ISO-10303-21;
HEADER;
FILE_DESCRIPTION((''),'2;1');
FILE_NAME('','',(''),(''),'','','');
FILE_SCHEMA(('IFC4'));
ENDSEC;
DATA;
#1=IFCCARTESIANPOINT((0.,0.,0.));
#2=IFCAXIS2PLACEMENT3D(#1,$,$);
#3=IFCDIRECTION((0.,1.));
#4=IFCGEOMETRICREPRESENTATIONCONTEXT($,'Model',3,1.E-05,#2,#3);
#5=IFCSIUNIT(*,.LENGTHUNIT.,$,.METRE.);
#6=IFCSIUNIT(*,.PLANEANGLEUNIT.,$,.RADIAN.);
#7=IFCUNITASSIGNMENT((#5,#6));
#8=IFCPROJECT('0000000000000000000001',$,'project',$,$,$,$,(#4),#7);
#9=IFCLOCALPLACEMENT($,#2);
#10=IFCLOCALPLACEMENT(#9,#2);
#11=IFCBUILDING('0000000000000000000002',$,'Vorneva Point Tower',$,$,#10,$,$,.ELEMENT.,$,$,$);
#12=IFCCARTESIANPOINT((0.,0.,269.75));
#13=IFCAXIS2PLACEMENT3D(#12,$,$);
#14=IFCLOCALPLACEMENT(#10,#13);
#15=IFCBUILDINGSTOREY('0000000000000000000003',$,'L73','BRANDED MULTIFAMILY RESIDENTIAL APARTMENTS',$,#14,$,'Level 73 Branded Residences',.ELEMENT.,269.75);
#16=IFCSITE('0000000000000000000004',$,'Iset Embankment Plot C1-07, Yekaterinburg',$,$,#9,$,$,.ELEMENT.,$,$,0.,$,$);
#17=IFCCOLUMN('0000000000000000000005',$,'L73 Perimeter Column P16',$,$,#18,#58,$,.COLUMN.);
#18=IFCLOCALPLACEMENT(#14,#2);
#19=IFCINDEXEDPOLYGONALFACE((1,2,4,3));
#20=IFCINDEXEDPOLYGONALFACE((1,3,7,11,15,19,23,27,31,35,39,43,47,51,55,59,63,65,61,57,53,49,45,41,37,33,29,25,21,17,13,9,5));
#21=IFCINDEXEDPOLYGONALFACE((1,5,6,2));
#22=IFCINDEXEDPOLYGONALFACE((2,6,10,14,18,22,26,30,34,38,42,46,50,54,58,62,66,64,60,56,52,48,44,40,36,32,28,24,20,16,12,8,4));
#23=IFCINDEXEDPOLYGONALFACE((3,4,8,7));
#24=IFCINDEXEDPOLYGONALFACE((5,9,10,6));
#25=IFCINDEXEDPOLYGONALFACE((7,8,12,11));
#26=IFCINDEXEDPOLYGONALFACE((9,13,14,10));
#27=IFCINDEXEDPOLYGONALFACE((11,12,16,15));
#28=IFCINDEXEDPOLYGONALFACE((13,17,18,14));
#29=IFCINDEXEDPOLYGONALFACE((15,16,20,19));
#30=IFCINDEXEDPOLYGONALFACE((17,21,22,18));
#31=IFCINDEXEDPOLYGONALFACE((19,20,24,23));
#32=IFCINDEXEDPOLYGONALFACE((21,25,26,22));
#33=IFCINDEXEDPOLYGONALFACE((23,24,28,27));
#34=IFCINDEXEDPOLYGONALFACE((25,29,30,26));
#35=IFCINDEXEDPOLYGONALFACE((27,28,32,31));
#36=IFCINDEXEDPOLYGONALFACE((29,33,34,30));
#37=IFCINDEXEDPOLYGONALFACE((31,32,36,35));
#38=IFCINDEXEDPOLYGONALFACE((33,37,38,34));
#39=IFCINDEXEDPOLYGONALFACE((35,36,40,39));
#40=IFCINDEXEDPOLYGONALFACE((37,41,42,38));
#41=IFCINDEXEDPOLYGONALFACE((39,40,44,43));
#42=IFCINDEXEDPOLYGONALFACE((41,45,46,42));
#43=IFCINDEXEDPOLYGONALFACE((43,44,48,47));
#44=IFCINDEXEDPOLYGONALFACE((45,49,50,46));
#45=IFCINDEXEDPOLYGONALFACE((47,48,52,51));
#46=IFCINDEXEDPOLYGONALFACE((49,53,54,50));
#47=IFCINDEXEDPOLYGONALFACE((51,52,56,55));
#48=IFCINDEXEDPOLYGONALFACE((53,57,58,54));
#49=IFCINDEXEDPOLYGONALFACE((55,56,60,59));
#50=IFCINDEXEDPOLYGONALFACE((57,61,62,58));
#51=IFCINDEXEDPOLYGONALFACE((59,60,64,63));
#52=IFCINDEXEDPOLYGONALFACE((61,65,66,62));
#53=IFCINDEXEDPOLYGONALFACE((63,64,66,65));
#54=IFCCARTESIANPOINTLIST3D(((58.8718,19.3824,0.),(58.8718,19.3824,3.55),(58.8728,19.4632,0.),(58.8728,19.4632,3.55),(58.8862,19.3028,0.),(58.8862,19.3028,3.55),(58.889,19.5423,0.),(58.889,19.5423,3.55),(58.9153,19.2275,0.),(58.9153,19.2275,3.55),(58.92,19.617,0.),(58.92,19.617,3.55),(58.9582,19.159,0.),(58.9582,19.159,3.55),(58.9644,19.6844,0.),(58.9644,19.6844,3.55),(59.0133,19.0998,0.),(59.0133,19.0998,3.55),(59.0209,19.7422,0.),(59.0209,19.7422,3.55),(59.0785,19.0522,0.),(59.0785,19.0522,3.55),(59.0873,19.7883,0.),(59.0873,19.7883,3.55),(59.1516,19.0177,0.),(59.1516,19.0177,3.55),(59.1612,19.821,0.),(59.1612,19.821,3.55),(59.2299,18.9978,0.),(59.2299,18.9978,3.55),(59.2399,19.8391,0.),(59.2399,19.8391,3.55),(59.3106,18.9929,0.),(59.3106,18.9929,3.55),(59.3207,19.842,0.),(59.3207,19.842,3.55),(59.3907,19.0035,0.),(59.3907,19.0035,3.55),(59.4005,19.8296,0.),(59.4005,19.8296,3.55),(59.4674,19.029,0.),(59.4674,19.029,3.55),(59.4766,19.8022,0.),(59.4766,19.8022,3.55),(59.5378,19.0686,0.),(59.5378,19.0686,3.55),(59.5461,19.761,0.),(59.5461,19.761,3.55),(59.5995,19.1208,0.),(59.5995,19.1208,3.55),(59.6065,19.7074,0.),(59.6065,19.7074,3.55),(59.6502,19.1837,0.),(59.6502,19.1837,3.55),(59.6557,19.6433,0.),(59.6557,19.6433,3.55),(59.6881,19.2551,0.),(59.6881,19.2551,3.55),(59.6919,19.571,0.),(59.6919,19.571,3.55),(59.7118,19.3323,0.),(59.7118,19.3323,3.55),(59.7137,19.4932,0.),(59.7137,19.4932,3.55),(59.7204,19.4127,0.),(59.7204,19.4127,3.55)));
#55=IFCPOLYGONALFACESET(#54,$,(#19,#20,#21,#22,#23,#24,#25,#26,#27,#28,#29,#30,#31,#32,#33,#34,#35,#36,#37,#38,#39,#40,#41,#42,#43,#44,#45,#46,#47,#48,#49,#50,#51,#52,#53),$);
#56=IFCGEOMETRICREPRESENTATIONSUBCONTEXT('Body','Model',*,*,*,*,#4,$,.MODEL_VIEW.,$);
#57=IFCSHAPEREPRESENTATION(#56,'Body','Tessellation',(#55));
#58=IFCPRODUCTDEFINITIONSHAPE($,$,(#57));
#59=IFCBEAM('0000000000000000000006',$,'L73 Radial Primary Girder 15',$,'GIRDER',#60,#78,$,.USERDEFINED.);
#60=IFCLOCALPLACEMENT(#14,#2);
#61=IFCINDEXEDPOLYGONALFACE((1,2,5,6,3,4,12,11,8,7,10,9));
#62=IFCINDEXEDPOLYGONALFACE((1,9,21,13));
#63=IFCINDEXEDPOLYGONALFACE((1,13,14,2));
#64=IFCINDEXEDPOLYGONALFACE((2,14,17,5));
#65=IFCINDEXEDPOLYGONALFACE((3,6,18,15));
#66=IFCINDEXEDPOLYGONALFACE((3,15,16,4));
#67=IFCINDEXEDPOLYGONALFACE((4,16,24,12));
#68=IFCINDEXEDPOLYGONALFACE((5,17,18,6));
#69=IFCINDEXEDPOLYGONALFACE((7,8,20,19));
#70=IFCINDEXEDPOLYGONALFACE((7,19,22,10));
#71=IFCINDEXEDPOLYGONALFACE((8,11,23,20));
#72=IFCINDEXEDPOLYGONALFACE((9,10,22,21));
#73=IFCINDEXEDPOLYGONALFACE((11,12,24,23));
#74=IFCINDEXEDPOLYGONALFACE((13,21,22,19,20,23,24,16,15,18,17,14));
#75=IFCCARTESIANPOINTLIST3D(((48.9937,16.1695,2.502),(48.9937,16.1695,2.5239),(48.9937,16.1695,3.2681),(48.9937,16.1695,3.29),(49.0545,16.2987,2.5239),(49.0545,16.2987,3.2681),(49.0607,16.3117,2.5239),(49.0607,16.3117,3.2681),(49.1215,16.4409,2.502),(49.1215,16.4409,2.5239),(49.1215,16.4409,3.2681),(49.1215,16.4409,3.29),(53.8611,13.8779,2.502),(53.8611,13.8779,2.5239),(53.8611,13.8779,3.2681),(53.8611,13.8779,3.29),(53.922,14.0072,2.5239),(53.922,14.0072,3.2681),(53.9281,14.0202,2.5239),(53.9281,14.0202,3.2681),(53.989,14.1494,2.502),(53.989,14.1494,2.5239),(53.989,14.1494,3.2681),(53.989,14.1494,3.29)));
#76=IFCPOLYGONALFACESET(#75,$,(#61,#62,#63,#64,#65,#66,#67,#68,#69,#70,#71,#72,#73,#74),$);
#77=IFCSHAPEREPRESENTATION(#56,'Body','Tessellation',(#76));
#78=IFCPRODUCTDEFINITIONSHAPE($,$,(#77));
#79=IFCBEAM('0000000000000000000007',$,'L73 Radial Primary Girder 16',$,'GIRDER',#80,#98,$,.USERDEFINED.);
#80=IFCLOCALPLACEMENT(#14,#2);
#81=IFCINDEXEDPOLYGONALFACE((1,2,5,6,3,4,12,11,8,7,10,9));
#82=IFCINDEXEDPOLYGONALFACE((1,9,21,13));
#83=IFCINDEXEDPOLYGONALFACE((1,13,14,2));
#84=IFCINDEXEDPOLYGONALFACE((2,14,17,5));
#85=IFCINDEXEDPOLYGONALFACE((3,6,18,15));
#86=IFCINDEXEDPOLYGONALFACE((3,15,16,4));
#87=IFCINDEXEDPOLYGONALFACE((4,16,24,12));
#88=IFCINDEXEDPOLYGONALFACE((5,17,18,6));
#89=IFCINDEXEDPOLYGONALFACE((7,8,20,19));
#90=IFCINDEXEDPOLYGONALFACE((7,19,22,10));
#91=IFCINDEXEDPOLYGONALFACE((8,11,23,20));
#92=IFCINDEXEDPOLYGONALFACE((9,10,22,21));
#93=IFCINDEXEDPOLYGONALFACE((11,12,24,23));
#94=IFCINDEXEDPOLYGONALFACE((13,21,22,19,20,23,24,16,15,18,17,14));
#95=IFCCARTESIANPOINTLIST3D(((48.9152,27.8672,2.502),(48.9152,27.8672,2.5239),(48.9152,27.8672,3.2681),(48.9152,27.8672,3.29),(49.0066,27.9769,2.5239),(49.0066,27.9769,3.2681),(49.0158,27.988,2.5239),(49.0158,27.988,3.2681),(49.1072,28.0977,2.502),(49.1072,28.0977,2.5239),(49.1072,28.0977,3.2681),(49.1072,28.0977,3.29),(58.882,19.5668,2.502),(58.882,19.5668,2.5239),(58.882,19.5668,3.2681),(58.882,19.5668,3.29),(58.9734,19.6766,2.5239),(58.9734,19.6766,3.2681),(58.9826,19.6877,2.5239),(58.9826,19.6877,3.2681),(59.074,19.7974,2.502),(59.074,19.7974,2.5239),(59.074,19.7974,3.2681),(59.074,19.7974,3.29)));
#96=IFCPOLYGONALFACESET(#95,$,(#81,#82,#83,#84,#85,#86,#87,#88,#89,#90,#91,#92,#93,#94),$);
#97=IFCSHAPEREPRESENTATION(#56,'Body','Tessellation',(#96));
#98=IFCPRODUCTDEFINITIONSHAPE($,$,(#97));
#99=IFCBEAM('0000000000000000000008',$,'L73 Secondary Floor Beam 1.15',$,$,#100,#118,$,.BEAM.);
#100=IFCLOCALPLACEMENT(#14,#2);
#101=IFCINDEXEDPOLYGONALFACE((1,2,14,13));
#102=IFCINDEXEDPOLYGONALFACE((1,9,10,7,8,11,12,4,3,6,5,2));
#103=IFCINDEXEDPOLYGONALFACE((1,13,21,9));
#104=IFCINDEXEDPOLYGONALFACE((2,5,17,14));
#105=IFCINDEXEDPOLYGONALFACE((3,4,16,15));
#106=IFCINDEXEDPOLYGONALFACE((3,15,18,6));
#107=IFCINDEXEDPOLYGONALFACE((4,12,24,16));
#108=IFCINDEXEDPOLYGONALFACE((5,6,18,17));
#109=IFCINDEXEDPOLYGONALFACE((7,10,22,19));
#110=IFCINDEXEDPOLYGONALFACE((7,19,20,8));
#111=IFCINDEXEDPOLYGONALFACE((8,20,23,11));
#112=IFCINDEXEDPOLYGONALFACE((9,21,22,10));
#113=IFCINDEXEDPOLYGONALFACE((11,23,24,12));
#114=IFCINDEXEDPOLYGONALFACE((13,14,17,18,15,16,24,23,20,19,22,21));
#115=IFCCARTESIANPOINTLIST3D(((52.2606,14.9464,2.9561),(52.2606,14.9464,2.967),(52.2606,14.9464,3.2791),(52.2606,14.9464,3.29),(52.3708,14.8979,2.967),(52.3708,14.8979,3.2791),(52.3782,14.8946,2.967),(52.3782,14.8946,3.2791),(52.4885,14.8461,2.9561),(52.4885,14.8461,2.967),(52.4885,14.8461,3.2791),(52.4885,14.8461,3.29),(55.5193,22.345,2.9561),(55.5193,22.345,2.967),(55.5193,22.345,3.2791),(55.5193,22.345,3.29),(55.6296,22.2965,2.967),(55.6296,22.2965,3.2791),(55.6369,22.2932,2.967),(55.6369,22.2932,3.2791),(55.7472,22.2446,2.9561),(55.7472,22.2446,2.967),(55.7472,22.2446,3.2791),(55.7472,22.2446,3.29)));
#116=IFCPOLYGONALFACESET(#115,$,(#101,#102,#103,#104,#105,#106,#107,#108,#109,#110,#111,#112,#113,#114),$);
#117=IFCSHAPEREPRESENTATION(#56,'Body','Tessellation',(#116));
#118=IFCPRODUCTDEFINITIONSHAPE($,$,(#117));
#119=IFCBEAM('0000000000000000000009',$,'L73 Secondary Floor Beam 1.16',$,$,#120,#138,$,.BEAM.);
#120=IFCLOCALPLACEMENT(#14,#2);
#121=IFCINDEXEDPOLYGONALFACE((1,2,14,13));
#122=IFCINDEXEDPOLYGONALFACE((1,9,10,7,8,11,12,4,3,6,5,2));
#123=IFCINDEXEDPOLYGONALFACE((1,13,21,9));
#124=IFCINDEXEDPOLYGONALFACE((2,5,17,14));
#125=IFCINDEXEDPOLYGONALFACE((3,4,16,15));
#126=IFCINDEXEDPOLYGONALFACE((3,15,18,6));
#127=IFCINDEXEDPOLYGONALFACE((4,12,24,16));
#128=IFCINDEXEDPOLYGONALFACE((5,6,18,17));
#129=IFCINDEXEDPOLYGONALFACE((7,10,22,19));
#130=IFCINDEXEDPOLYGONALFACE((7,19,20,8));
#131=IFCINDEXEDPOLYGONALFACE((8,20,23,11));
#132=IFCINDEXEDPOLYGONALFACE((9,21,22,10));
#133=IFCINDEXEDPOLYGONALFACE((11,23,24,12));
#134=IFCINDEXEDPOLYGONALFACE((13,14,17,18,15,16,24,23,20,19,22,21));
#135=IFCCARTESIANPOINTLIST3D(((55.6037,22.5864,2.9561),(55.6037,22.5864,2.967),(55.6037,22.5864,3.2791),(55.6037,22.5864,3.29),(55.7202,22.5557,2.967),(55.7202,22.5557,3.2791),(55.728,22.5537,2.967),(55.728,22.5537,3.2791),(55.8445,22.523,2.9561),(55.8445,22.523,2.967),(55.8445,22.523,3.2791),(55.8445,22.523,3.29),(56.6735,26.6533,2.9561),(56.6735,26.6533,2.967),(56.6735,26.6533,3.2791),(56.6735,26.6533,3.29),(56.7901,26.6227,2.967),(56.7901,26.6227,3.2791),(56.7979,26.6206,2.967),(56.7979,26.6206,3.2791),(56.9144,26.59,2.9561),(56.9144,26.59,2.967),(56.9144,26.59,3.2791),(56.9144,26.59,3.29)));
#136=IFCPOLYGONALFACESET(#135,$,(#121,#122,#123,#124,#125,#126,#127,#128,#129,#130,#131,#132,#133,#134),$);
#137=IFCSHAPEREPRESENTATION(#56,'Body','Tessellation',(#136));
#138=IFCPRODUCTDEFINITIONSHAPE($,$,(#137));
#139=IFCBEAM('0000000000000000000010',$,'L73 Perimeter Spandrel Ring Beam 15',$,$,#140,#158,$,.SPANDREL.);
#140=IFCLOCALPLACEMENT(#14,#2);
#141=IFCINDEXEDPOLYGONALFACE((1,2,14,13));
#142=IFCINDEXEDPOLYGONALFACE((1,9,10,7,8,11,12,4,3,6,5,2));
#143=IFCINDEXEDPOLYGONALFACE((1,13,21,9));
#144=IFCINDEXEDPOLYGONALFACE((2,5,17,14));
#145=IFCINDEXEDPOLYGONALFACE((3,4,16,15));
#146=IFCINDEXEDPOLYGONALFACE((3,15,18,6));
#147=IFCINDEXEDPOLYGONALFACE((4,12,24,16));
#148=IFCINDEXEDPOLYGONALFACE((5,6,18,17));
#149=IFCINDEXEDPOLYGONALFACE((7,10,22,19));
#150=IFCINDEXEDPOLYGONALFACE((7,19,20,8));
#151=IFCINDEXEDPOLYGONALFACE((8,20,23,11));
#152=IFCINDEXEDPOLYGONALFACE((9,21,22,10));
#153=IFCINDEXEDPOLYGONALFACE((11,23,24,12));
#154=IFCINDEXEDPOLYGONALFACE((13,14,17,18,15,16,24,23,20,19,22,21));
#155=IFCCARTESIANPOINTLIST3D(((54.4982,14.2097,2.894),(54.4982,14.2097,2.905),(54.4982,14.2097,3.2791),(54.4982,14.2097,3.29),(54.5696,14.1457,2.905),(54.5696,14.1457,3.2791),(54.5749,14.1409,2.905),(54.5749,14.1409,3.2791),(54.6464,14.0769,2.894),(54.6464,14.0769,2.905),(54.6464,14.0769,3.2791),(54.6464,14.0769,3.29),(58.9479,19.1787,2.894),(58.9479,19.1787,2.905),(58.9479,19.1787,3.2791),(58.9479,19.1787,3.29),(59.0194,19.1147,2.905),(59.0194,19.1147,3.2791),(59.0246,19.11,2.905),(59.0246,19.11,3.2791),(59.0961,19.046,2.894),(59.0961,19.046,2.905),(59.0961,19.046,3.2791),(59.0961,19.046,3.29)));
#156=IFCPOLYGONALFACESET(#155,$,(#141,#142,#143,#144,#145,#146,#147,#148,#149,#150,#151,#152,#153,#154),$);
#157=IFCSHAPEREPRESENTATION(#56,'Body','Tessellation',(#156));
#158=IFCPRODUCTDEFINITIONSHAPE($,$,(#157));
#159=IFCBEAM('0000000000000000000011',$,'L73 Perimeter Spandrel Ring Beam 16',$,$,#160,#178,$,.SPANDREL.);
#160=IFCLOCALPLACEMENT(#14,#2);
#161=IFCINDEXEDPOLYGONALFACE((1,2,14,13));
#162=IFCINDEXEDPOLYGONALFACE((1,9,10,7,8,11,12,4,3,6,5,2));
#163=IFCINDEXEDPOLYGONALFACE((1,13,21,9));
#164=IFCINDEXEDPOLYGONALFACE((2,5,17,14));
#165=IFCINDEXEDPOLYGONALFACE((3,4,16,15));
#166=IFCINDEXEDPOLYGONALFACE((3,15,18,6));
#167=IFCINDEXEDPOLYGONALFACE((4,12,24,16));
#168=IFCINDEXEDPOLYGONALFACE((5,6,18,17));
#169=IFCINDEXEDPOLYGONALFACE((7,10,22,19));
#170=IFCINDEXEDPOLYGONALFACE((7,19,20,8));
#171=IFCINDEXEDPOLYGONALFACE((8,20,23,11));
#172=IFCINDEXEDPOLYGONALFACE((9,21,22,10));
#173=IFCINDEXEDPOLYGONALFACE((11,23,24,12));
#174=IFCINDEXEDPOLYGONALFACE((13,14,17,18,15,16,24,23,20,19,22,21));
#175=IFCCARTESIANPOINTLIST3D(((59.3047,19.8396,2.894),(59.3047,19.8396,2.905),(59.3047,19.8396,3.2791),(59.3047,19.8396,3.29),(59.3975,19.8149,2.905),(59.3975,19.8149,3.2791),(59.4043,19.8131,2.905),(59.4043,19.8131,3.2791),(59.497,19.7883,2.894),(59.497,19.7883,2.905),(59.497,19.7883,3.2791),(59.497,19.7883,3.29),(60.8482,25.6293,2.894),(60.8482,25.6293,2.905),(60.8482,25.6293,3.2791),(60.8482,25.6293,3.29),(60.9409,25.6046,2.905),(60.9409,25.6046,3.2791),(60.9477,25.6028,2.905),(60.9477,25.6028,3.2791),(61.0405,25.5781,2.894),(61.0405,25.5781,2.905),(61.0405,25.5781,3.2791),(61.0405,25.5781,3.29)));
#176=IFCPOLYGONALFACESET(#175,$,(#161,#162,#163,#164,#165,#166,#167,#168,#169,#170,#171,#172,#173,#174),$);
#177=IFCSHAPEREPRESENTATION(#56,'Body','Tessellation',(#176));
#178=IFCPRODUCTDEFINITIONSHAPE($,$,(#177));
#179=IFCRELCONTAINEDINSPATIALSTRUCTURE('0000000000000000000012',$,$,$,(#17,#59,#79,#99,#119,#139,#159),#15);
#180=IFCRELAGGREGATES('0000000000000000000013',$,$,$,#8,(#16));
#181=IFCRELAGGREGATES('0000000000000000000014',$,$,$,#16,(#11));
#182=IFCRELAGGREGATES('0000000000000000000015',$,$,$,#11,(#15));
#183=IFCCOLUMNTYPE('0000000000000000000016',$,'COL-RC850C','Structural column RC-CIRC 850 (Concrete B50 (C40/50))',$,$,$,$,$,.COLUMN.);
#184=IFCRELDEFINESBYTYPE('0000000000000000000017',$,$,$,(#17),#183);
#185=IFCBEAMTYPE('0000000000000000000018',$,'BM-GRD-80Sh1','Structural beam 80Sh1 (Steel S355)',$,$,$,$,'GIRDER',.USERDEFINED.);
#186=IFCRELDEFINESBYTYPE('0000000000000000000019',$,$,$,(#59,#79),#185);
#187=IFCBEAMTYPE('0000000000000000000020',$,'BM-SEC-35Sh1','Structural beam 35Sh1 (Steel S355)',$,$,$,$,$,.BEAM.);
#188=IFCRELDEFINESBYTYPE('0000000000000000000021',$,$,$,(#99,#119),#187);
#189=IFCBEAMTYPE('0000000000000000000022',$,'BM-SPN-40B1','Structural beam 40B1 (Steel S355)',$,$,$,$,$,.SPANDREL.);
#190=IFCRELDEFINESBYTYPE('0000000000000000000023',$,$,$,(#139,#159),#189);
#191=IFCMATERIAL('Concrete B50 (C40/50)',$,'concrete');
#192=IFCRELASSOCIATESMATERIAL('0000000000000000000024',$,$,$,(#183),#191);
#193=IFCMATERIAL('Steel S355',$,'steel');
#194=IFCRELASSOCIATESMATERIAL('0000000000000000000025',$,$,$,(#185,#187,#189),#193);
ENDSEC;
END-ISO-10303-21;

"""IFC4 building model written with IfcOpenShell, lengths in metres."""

from ifc_helpers import new_model, si_unit, direction, frame, origin, origin_2d, place, context, subcontext, project, spatial, circle, i_section, extrude, material, material_profile, profile_set, type_object, element, save


model = new_model("IFC4")

# Units and contexts
model_context = context("Model", 3, precision=1e-05, world=origin(), true_north=direction((0.0, 1.0)))
body_context = subcontext(model_context, "Body", "Model", "MODEL_VIEW")
ifc_project = project(units=[si_unit("LENGTHUNIT", "METRE"), si_unit("PLANEANGLEUNIT", "RADIAN")], contexts=[model_context])

# Site, building, storey
site_placement = place(None, origin())
site = spatial("IfcSite", under=ifc_project, at=site_placement, Name="Iset Embankment Plot C1-07, Yekaterinburg", CompositionType="ELEMENT", RefElevation=0.0)
building_placement = place(site_placement, origin())
building = spatial("IfcBuilding", under=site, at=building_placement, Name="Vorneva Point Tower", CompositionType="ELEMENT")
storey_placement = place(building_placement, frame((0.0, 0.0, 269.75)))
storey = spatial("IfcBuildingStorey", under=building, at=storey_placement, Name="L73", Description="BRANDED MULTIFAMILY RESIDENTIAL APARTMENTS", LongName="Level 73 Branded Residences", CompositionType="ELEMENT", Elevation=269.75)

# Column
ifc_material_1 = material(Name="Concrete B50 (C40/50)", Category="concrete")
ifc_material_profile_1 = material_profile(ifc_material_1, circle(Radius=0.425, at=origin_2d()), Name="RC-CIRC 850")
ifc_profile_set_1 = profile_set([ifc_material_profile_1], Name="Concrete B50 (C40/50)")
column_type = type_object("IfcColumnType", Name="COL-RC850C", Description="Structural column RC-CIRC 850 (Concrete B50 (C40/50))", PredefinedType="COLUMN", material=ifc_profile_set_1)
for number, where, z_axis, x_axis, name in (
    (1, (59.2954, 19.4177, 0.0), (0.0, 0.0, 1.0), (0.92388, -0.382683, 0.0), "L73 Perimeter Column P16"),
):
    element("IfcColumn", number, at=place(storey_placement, frame(where, z_axis=z_axis, x_axis=x_axis)), inside=storey, type_object=column_type, Name=name, PredefinedType="COLUMN", context=body_context, shape_type="SweptSolid", body=[
        extrude(circle(Radius=0.425, at=origin_2d()), origin(), (0.0, 0.0, 1.0), 3.55),
    ])

# Beams
ifc_material_2 = material(Name="Steel S355", Category="steel")
ifc_material_profile_2 = material_profile(ifc_material_2, i_section(OverallWidth=0.3, OverallDepth=0.7881, WebThickness=0.0144, FlangeThickness=0.022, at=origin_2d()), Name="80Sh1")
ifc_profile_set_2 = profile_set([ifc_material_profile_2], Name="Steel S355")
beam_type_1 = type_object("IfcBeamType", Name="BM-GRD-80Sh1", Description="Structural beam 80Sh1 (Steel S355)", ElementType="GIRDER", PredefinedType="USERDEFINED", material=ifc_profile_set_2)
beam_1_placement = place(storey_placement, frame((53.925, 14.0137, 2.896), z_axis=(-0.904751, 0.425941, 0.0), x_axis=(-0.425941, -0.904751, 0.0)))
element("IfcBeam", 2, at=beam_1_placement, inside=storey, type_object=beam_type_1, Name="L73 Radial Primary Girder 15", ObjectType="GIRDER", PredefinedType="USERDEFINED", context=body_context, shape_type="SweptSolid", body=[
    extrude(i_section(OverallWidth=0.3, OverallDepth=0.7881, WebThickness=0.0144, FlangeThickness=0.022, at=origin_2d()), origin(), (0.0, 0.0, 1.0), 5.3799),
])
beam_2_placement = place(storey_placement, frame((58.978, 19.6821, 2.896), z_axis=(-0.768425, 0.63994, 0.0), x_axis=(-0.63994, -0.768425, 0.0)))
element("IfcBeam", 3, at=beam_2_placement, inside=storey, type_object=beam_type_1, Name="L73 Radial Primary Girder 16", ObjectType="GIRDER", PredefinedType="USERDEFINED", context=body_context, shape_type="SweptSolid", body=[
    extrude(i_section(OverallWidth=0.3, OverallDepth=0.7881, WebThickness=0.0144, FlangeThickness=0.022, at=origin_2d()), origin(), (0.0, 0.0, 1.0), 12.9705),
])
ifc_material_profile_3 = material_profile(ifc_material_2, i_section(OverallWidth=0.249, OverallDepth=0.334, WebThickness=0.0081, FlangeThickness=0.011, at=origin_2d()), Name="35Sh1")
ifc_profile_set_3 = profile_set([ifc_material_profile_3], Name="Steel S355")
beam_type_2 = type_object("IfcBeamType", Name="BM-SEC-35Sh1", Description="Structural beam 35Sh1 (Steel S355)", PredefinedType="BEAM", material=ifc_profile_set_3)
beam_3_placement = place(storey_placement, frame((52.3745, 14.8962, 3.123), z_axis=(0.403088, 0.915161, 0.0), x_axis=(-0.915161, 0.403088, 0.0)))
element("IfcBeam", 4, at=beam_3_placement, inside=storey, type_object=beam_type_2, Name="L73 Secondary Floor Beam 1.15", PredefinedType="BEAM", context=body_context, shape_type="SweptSolid", body=[
    extrude(i_section(OverallWidth=0.249, OverallDepth=0.334, WebThickness=0.0081, FlangeThickness=0.011, at=origin_2d()), origin(), (0.0, 0.0, 1.0), 8.0845),
])
beam_4_placement = place(storey_placement, frame((55.7241, 22.5547, 3.123), z_axis=(0.254402, 0.967099, 0.0), x_axis=(-0.967099, 0.254402, 0.0)))
element("IfcBeam", 5, at=beam_4_placement, inside=storey, type_object=beam_type_2, Name="L73 Secondary Floor Beam 1.16", PredefinedType="BEAM", context=body_context, shape_type="SweptSolid", body=[
    extrude(i_section(OverallWidth=0.249, OverallDepth=0.334, WebThickness=0.0081, FlangeThickness=0.011, at=origin_2d()), origin(), (0.0, 0.0, 1.0), 4.2053),
])
ifc_material_profile_4 = material_profile(ifc_material_2, i_section(OverallWidth=0.199, OverallDepth=0.396, WebThickness=0.0071, FlangeThickness=0.011, at=origin_2d()), Name="40B1")
ifc_profile_set_4 = profile_set([ifc_material_profile_4], Name="Steel S355")
beam_type_3 = type_object("IfcBeamType", Name="BM-SPN-40B1", Description="Structural beam 40B1 (Steel S355)", PredefinedType="SPANDREL", material=ifc_profile_set_4)
beam_5_placement = place(storey_placement, frame((54.5723, 14.1433, 3.092), z_axis=(0.667108, 0.744961, 0.0), x_axis=(-0.744961, 0.667108, 0.0)))
element("IfcBeam", 6, at=beam_5_placement, inside=storey, type_object=beam_type_3, Name="L73 Perimeter Spandrel Ring Beam 15", PredefinedType="SPANDREL", context=body_context, shape_type="SweptSolid", body=[
    extrude(i_section(OverallWidth=0.199, OverallDepth=0.396, WebThickness=0.0071, FlangeThickness=0.011, at=origin_2d()), origin(), (0.0, 0.0, 1.0), 6.6702),
])
beam_6_placement = place(storey_placement, frame((59.4009, 19.814, 3.092), z_axis=(0.257587, 0.966255, 0.0), x_axis=(-0.966255, 0.257587, 0.0)))
element("IfcBeam", 7, at=beam_6_placement, inside=storey, type_object=beam_type_3, Name="L73 Perimeter Spandrel Ring Beam 16", PredefinedType="SPANDREL", context=body_context, shape_type="SweptSolid", body=[
    extrude(i_section(OverallWidth=0.199, OverallDepth=0.396, WebThickness=0.0071, FlangeThickness=0.011, at=origin_2d()), origin(), (0.0, 0.0, 1.0), 5.9919),
])

save(model, "model.ifc")
